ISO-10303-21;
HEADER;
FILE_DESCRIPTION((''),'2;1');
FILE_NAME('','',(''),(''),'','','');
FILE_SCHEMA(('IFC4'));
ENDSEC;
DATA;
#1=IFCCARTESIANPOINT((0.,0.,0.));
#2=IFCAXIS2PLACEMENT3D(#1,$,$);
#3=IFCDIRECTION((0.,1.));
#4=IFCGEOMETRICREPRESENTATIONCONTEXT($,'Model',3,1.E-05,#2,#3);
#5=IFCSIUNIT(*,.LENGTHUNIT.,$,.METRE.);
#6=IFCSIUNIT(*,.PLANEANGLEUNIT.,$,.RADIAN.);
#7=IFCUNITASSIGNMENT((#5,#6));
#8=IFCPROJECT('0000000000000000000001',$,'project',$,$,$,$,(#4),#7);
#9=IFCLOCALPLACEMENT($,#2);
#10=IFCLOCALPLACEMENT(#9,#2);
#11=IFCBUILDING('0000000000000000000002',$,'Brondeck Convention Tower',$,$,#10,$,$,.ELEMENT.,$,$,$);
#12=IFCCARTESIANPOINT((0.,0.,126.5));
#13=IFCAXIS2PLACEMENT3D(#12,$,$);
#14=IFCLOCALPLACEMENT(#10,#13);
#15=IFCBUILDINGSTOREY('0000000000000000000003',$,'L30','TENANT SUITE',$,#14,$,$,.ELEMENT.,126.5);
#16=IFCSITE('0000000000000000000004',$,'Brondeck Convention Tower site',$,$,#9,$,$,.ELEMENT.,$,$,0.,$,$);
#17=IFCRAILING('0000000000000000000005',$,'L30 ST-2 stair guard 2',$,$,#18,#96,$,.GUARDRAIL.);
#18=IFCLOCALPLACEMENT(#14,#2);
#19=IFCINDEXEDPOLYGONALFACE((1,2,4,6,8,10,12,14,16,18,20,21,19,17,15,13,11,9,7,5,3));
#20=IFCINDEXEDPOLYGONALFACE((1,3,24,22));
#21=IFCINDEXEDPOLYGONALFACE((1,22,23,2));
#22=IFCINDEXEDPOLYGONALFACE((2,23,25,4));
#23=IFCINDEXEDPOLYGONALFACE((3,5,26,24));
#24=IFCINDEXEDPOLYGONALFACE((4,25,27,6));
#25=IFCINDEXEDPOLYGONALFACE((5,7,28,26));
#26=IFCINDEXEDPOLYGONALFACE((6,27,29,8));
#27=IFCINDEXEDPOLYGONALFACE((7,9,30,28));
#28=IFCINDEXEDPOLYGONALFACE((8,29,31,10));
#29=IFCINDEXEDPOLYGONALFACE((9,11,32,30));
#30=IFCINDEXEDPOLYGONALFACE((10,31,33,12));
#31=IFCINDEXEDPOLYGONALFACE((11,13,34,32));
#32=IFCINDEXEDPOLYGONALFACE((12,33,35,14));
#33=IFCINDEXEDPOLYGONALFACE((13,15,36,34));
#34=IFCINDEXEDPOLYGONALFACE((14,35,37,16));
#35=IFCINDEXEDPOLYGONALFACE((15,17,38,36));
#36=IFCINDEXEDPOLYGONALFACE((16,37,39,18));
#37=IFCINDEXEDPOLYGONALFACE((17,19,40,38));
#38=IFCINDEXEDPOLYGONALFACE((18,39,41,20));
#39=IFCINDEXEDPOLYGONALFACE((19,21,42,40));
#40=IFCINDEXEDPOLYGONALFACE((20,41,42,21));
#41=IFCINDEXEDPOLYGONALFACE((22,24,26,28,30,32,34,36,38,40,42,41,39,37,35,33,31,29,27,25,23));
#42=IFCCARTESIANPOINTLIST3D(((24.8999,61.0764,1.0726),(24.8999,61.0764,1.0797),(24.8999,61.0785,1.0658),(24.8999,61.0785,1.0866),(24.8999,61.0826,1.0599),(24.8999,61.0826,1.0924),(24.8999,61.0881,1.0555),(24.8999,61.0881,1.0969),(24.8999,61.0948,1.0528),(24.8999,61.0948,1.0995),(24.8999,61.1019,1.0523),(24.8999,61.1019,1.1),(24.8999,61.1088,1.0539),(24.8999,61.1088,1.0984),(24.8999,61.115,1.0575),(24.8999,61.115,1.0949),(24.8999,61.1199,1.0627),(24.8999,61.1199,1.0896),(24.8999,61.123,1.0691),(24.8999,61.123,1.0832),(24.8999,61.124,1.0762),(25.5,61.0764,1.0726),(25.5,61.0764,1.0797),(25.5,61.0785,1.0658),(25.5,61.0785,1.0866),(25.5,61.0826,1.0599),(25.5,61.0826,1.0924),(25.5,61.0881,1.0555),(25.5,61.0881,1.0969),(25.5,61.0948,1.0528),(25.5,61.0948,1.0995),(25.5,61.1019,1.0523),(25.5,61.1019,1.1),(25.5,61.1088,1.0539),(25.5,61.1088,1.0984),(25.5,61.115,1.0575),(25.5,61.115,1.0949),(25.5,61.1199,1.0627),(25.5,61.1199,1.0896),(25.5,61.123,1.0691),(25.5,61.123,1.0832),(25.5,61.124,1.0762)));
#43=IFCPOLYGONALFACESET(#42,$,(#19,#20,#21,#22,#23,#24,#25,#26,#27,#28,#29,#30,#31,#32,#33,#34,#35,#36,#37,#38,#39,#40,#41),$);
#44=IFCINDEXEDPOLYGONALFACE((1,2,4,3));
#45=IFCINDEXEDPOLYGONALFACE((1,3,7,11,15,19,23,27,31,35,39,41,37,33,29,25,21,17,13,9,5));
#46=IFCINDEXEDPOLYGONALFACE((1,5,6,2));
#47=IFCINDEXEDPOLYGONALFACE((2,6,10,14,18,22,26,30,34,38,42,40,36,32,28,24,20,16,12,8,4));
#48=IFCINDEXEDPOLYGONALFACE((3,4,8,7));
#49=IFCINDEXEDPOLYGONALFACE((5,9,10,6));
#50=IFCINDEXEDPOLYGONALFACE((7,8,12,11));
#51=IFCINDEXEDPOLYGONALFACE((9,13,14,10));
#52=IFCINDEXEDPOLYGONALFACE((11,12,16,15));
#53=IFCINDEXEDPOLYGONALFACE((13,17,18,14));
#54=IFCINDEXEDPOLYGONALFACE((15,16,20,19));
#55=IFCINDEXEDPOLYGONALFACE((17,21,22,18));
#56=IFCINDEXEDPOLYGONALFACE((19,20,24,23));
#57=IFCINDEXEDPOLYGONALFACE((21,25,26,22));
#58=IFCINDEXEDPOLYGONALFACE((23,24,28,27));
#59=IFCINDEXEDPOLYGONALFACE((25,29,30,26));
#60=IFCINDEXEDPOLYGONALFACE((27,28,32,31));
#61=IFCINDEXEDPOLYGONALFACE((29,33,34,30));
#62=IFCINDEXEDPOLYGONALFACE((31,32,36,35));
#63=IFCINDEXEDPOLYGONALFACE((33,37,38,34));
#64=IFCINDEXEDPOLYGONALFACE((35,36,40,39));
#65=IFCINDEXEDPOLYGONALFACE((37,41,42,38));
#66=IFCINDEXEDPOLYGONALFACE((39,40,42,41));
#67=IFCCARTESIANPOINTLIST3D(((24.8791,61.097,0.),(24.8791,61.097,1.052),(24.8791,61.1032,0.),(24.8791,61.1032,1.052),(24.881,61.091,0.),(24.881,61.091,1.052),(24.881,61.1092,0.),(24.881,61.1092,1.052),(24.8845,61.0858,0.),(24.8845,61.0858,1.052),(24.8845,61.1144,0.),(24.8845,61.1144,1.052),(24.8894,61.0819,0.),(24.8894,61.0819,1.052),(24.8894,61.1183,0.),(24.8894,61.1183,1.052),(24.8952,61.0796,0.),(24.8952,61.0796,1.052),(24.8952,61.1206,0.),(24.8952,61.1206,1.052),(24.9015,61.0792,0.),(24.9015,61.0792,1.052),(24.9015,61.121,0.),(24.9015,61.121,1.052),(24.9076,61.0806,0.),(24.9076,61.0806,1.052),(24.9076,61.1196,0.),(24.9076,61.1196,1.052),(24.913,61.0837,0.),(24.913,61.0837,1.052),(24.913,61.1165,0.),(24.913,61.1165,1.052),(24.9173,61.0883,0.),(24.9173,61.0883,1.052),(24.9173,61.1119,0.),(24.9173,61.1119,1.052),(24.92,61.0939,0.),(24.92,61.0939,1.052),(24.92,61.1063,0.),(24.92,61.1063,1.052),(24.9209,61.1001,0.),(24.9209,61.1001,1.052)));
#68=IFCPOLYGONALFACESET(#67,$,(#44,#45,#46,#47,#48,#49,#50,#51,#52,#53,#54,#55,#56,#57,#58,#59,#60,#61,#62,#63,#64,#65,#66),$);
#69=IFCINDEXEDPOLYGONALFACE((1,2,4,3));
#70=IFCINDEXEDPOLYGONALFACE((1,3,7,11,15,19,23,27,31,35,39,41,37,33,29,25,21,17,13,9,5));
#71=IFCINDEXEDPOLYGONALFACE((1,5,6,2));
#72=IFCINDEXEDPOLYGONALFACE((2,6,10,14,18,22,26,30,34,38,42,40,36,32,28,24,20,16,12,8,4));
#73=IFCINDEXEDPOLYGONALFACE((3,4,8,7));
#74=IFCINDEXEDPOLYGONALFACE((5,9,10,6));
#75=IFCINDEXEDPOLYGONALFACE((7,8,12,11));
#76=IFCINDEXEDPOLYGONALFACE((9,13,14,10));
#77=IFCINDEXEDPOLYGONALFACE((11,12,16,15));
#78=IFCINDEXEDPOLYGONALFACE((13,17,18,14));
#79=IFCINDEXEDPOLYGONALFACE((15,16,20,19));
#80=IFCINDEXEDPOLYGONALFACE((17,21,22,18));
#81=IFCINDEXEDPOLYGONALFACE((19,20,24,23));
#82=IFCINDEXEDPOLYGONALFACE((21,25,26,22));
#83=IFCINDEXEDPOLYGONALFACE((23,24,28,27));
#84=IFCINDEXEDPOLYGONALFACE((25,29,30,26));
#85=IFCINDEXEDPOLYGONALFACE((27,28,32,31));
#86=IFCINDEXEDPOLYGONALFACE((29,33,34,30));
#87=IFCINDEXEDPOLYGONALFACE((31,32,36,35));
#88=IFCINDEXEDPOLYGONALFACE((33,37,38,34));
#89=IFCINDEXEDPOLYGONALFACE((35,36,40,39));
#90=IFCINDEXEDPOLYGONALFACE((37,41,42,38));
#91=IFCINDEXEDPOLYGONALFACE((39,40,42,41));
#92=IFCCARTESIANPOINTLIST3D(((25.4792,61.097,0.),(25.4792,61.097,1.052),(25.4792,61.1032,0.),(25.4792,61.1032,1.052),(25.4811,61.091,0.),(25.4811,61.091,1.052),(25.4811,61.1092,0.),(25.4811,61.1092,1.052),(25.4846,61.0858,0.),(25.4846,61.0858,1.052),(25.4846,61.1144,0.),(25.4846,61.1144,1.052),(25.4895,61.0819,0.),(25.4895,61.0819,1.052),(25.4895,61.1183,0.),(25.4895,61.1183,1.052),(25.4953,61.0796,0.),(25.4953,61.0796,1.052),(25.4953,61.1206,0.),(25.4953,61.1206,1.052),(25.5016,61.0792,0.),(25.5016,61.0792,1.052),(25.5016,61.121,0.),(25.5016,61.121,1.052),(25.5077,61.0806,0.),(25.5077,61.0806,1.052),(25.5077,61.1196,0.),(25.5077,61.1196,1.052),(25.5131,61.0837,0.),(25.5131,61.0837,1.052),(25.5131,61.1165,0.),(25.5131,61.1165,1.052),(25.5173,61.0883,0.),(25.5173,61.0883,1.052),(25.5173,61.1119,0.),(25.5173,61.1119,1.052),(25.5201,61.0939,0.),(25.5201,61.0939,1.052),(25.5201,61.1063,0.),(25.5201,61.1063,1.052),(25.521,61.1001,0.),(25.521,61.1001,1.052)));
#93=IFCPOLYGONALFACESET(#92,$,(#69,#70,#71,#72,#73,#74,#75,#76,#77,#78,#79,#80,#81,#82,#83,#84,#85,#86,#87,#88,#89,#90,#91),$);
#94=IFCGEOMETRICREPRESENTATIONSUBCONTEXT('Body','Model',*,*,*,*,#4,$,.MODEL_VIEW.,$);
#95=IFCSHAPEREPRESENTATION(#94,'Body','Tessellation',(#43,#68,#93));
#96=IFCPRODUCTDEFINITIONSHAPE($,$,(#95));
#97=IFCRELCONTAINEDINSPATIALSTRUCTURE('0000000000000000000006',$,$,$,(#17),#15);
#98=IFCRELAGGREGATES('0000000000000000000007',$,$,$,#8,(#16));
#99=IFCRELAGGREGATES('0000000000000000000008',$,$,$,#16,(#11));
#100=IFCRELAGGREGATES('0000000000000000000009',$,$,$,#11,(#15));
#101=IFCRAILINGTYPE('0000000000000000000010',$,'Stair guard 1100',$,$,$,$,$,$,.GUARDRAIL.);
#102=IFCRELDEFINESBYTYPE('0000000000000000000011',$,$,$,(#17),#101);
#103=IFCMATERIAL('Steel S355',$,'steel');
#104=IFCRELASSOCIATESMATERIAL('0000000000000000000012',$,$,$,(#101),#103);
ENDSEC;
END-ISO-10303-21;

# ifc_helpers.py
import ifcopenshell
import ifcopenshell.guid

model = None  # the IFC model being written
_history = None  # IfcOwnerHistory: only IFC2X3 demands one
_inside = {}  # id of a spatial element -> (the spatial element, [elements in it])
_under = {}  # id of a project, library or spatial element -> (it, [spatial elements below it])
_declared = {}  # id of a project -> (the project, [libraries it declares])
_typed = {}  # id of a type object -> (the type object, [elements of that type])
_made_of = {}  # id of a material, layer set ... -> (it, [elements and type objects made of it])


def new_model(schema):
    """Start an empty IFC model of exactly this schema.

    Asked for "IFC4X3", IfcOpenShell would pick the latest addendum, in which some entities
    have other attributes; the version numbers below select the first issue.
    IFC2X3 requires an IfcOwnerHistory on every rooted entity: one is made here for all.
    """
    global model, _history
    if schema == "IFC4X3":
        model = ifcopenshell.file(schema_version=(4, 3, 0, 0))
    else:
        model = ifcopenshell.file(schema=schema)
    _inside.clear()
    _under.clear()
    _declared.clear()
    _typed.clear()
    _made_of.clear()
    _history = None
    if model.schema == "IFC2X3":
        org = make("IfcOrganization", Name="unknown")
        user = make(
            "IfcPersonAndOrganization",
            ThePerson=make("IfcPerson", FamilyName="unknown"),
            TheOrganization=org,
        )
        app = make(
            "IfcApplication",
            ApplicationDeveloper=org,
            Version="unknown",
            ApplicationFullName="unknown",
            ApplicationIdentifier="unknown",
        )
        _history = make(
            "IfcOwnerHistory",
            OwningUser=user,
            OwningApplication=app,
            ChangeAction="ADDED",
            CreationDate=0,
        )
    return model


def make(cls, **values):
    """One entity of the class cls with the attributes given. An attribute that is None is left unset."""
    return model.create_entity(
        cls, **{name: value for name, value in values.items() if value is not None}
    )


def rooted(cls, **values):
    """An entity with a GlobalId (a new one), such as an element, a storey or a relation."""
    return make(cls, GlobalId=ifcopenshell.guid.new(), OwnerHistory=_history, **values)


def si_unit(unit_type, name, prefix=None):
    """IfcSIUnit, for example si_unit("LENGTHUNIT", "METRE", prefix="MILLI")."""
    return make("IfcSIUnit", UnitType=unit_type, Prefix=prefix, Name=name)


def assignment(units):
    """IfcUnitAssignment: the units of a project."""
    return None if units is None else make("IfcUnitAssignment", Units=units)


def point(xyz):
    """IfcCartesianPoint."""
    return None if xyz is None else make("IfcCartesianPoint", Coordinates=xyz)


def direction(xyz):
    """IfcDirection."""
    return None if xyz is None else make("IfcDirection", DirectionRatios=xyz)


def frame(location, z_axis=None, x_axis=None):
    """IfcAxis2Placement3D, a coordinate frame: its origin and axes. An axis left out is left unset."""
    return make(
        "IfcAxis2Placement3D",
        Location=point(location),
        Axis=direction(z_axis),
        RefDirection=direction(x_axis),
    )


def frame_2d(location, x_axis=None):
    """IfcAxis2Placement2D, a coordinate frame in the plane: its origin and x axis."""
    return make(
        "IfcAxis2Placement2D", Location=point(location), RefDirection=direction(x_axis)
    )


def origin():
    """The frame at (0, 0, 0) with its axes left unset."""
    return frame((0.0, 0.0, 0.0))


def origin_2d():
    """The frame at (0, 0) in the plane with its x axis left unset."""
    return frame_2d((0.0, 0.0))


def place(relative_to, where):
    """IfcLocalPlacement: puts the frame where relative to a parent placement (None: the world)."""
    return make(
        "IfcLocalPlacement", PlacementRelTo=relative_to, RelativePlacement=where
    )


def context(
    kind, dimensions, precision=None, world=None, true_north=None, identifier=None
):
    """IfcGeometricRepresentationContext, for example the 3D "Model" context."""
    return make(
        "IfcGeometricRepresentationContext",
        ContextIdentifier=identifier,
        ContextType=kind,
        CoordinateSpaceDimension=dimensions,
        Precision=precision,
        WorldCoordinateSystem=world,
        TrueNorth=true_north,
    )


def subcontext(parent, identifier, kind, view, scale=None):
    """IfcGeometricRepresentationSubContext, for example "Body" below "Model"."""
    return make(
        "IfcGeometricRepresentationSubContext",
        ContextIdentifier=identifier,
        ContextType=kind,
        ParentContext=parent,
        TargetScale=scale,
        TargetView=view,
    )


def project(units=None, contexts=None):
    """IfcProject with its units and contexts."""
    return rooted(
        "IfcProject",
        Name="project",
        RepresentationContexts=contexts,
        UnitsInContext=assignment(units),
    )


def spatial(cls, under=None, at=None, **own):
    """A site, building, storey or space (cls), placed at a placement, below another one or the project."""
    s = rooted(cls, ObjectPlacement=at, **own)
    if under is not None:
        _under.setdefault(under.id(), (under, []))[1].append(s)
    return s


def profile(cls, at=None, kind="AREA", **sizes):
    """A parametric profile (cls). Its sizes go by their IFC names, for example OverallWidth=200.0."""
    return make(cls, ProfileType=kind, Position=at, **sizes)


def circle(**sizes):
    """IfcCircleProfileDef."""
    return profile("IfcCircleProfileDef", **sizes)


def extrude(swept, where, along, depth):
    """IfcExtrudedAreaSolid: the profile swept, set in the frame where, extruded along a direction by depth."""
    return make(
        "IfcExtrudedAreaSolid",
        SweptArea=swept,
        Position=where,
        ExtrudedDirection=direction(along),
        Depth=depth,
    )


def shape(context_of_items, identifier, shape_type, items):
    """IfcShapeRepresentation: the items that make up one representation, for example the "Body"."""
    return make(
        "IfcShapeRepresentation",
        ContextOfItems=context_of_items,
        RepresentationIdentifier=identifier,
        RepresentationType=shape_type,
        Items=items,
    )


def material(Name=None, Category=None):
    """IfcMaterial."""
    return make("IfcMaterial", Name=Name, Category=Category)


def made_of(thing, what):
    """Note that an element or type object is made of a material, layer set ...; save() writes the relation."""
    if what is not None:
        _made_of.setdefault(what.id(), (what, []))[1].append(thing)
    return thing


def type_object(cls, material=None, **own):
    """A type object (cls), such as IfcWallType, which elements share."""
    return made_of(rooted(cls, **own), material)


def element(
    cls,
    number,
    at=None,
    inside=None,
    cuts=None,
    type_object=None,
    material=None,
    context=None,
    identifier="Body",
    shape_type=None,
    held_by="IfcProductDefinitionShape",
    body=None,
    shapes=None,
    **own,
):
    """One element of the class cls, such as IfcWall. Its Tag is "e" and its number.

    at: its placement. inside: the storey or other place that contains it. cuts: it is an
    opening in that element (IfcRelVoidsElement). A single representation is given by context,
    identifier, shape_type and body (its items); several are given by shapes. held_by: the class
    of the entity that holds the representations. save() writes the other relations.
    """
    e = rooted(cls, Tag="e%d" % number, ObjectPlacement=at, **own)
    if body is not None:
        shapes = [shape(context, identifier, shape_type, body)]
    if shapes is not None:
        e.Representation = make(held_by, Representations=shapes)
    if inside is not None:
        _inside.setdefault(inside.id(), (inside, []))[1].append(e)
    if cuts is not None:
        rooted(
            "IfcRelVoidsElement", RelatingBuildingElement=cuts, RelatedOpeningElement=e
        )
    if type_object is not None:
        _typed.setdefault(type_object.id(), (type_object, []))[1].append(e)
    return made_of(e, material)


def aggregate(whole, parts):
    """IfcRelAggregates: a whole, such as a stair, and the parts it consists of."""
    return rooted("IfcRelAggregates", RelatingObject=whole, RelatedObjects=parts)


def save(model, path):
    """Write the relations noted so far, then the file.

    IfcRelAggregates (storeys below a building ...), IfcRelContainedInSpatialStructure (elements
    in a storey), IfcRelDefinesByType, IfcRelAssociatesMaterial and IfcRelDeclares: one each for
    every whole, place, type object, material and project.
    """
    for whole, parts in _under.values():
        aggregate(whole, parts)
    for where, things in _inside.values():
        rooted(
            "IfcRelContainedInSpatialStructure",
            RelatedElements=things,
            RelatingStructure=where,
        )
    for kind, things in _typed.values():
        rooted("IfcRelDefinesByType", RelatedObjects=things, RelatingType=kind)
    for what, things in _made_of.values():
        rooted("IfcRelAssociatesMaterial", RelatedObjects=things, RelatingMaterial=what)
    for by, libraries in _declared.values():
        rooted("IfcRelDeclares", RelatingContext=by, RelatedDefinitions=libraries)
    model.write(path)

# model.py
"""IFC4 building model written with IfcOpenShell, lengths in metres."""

from ifc_helpers import new_model, si_unit, direction, frame, origin, origin_2d, place, context, subcontext, project, spatial, circle, extrude, material, type_object, element, save


model = new_model("IFC4")

# Units and contexts
model_context = context("Model", 3, precision=1e-05, world=origin(), true_north=direction((0.0, 1.0)))
body_context = subcontext(model_context, "Body", "Model", "MODEL_VIEW")
ifc_project = project(units=[si_unit("LENGTHUNIT", "METRE"), si_unit("PLANEANGLEUNIT", "RADIAN")], contexts=[model_context])

# Site, building, storey
site_placement = place(None, origin())
site = spatial("IfcSite", under=ifc_project, at=site_placement, Name="Brondeck Convention Tower site", CompositionType="ELEMENT", RefElevation=0.0)
building_placement = place(site_placement, origin())
building = spatial("IfcBuilding", under=site, at=building_placement, Name="Brondeck Convention Tower", CompositionType="ELEMENT")
storey_placement = place(building_placement, frame((0.0, 0.0, 126.5)))
storey = spatial("IfcBuildingStorey", under=building, at=storey_placement, Name="L30", Description="TENANT SUITE", CompositionType="ELEMENT", Elevation=126.5)

# Shared definitions
ifc_material_1 = material(Name="Steel S355", Category="steel")

# Railing
railing_type_1 = type_object("IfcRailingType", Name="Stair guard 1100", PredefinedType="GUARDRAIL", material=ifc_material_1)
railing_1_placement = place(storey_placement, frame((24.8999, 61.1001, 0.0)))
element("IfcRailing", 1, at=railing_1_placement, inside=storey, type_object=railing_type_1, Name="L30 ST-2 stair guard 2", PredefinedType="GUARDRAIL", context=body_context, shape_type="SweptSolid", body=[
    extrude(circle(Radius=0.0239, at=origin_2d()), frame((0.0, 0.0, 1.0762), z_axis=(1.0, 0.0, 0.0), x_axis=(0.0, 1.0, 0.0)), (0.0, 0.0, 1.0), 0.6001),
    extrude(circle(Radius=0.021, at=origin_2d()), origin(), (0.0, 0.0, 1.0), 1.052),
    extrude(circle(Radius=0.021, at=origin_2d()), frame((0.6001, 0.0, 0.0)), (0.0, 0.0, 1.0), 1.052),
])

save(model, "model.ifc")
